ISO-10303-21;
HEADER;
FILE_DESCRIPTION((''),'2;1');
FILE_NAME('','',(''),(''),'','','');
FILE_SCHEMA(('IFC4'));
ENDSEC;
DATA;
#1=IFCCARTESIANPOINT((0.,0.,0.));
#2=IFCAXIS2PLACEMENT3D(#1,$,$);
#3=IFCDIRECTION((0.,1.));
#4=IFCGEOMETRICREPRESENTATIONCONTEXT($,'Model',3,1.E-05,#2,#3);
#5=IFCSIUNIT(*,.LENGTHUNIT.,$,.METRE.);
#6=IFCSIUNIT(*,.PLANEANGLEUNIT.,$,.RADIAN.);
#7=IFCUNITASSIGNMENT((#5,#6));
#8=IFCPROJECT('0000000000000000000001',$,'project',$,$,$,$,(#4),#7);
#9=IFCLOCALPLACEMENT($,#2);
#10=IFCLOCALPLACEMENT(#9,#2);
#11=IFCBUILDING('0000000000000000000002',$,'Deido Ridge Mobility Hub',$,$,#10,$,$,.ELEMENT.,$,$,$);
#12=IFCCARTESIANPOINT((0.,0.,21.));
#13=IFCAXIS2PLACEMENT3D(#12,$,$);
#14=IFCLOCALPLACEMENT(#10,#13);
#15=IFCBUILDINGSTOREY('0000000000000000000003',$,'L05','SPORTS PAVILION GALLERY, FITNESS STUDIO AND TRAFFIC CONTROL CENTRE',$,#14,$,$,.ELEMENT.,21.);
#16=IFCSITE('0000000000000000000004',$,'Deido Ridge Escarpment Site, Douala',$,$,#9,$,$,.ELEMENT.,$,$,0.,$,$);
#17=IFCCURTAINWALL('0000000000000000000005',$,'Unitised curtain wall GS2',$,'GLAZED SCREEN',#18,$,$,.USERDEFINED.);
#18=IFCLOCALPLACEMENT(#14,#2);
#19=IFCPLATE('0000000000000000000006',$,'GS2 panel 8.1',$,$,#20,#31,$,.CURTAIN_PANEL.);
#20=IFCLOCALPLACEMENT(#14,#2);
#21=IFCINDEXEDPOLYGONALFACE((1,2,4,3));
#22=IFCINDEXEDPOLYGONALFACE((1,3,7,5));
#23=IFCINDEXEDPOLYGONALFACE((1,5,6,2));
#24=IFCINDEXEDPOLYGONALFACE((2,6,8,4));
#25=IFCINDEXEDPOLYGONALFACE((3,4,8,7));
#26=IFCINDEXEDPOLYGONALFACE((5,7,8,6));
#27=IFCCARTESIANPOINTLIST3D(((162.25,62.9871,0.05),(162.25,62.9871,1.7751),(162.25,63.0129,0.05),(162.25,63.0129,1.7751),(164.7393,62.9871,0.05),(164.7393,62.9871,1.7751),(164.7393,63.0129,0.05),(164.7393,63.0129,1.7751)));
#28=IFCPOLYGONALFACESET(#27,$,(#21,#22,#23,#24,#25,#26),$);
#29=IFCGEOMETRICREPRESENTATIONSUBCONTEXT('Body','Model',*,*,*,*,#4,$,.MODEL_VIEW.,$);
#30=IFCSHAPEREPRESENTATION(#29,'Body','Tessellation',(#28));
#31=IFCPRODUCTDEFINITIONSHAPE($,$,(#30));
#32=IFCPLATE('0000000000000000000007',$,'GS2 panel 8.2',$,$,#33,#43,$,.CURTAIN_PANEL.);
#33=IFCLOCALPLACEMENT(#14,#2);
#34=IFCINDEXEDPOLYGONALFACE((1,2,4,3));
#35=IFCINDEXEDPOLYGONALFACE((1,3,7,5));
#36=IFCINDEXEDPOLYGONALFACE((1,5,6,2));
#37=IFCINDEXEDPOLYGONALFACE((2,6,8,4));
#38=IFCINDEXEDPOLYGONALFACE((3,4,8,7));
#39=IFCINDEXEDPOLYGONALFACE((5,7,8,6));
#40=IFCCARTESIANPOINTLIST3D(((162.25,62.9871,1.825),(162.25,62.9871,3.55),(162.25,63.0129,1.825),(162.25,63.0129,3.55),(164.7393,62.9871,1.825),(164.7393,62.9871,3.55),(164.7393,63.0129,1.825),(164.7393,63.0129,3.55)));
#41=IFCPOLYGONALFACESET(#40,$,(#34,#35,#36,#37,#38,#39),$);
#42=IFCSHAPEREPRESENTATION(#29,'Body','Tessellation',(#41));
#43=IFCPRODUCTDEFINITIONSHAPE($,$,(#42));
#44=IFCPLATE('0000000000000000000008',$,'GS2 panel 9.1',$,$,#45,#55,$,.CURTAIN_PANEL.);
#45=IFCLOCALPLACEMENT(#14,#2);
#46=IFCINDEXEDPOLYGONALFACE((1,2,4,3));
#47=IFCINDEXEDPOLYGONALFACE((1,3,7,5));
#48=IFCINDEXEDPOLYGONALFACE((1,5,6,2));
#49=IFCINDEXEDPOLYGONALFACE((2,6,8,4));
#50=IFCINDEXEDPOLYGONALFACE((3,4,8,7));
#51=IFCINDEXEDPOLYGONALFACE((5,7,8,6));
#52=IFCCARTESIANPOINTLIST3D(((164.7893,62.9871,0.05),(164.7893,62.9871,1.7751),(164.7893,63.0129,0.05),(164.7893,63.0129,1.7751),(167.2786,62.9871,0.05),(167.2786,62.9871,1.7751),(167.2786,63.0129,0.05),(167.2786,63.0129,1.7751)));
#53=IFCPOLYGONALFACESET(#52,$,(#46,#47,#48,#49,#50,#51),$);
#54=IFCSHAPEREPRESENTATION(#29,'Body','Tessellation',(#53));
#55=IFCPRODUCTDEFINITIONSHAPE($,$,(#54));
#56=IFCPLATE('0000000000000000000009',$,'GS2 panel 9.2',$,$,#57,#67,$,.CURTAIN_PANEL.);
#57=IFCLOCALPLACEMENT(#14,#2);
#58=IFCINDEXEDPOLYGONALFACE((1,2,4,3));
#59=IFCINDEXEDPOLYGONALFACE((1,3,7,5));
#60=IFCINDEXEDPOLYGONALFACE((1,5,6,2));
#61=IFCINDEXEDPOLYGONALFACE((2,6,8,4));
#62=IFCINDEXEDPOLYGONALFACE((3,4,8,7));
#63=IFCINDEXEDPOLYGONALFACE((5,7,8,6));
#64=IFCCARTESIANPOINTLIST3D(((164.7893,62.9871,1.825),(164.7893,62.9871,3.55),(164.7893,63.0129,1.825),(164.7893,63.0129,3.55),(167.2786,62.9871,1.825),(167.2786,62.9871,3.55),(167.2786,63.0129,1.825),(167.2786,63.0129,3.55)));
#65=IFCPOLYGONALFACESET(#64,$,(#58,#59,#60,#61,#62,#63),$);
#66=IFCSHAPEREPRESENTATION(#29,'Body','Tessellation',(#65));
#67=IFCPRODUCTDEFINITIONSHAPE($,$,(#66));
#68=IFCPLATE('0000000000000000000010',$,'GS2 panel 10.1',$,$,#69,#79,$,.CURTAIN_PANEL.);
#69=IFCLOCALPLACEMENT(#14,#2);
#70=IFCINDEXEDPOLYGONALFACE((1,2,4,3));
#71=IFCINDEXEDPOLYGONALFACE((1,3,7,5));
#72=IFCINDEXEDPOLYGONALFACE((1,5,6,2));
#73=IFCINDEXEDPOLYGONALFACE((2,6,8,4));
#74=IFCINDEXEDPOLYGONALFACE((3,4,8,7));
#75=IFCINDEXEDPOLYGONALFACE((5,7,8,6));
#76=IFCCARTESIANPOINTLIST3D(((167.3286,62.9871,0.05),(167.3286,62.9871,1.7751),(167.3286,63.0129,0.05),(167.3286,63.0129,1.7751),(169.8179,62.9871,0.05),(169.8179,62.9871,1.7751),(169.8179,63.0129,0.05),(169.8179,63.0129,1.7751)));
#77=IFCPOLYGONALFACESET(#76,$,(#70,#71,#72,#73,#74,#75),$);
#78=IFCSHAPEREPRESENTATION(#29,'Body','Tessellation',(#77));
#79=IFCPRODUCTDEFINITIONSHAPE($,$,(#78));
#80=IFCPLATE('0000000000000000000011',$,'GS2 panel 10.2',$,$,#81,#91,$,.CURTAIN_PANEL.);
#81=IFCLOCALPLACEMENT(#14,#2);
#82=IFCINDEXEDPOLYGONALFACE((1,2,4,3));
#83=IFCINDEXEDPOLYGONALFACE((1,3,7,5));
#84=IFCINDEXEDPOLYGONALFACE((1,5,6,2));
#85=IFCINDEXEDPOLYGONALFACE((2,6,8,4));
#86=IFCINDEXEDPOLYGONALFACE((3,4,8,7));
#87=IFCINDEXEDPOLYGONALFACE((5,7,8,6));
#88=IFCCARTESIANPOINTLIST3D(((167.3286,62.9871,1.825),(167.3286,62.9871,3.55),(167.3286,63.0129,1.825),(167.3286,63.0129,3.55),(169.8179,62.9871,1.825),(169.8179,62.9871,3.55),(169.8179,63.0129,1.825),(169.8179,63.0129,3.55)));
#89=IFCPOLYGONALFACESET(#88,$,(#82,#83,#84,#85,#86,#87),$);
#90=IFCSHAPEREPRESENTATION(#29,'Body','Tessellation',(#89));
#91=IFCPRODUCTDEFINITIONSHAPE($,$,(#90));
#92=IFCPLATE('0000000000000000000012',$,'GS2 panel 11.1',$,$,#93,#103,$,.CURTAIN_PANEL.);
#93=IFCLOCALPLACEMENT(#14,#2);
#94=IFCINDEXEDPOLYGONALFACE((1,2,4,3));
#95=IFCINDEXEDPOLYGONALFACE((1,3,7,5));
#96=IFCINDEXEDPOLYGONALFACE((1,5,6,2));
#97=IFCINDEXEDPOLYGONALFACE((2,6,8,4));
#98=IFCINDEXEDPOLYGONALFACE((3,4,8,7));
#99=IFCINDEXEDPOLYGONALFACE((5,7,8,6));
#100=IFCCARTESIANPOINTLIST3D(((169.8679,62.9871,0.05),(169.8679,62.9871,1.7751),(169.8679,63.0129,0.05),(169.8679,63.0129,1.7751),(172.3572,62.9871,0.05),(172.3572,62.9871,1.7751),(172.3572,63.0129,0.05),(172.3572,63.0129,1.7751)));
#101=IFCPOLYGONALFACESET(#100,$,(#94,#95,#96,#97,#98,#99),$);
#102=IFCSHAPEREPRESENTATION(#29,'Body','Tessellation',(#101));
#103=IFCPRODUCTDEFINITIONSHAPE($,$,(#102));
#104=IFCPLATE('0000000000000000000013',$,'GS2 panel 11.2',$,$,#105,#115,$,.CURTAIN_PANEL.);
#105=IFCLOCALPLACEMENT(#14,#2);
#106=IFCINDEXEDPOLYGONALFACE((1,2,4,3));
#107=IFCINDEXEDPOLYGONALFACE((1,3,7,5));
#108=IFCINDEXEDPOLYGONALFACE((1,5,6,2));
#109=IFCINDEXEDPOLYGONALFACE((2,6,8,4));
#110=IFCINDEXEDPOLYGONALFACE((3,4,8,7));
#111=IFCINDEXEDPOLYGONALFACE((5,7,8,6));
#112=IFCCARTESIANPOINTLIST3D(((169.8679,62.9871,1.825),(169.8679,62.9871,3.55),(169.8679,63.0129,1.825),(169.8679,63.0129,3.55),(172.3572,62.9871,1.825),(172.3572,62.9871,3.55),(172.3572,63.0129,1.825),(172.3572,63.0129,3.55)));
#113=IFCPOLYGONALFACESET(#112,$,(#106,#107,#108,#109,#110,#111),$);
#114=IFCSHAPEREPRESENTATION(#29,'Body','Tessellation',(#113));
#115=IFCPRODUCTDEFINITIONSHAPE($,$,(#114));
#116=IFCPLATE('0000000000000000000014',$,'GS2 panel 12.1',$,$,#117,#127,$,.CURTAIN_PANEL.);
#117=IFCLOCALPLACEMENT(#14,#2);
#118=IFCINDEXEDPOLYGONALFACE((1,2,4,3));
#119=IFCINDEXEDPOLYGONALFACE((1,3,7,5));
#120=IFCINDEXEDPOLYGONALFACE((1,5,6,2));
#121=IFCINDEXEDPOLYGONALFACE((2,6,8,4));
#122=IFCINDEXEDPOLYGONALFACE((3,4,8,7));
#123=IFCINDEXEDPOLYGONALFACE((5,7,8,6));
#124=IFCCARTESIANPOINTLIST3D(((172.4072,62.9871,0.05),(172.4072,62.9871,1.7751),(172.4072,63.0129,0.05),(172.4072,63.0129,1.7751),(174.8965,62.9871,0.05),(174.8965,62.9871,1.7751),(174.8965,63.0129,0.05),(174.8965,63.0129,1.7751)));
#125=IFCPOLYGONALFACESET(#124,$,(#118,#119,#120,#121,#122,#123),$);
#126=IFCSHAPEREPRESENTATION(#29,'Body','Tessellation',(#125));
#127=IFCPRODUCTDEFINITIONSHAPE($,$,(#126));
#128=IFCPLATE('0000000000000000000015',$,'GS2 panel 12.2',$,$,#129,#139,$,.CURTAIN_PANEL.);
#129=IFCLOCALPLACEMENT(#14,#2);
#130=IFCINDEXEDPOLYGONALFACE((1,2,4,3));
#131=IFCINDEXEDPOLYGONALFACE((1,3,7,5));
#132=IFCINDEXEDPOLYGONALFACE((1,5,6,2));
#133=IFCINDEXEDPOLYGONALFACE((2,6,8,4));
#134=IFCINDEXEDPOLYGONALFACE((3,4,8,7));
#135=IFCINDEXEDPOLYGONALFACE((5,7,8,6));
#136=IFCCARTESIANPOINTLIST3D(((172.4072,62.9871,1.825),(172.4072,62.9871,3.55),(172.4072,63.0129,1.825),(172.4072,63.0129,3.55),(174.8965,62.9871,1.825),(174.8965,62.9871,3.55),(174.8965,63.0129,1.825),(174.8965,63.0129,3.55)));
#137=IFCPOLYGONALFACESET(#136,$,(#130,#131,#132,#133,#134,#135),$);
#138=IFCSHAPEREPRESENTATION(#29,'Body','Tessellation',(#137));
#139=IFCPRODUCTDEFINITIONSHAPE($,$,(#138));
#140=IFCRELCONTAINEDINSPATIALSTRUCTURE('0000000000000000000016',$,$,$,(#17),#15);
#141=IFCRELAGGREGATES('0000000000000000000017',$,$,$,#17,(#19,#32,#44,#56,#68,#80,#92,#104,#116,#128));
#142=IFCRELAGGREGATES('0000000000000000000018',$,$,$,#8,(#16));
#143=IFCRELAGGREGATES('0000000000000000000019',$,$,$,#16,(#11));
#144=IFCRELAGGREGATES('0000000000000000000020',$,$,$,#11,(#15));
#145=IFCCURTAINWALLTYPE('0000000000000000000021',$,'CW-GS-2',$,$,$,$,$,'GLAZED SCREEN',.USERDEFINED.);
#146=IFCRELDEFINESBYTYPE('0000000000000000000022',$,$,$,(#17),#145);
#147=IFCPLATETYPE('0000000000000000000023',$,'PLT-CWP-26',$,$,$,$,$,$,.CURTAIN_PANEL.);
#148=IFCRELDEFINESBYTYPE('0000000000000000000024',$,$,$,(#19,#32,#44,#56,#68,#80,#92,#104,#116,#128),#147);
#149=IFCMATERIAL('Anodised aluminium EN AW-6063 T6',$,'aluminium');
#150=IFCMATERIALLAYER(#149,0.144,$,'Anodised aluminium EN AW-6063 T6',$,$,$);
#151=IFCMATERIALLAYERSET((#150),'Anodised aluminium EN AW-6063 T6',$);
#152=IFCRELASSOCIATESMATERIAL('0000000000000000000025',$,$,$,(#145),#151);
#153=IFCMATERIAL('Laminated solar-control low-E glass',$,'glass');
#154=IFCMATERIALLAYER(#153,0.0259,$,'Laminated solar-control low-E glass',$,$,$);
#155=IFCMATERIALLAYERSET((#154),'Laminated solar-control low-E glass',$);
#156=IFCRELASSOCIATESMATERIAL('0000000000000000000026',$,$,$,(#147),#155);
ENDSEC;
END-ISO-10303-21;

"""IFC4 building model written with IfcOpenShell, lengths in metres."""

from ifc_helpers import new_model, si_unit, direction, frame, origin, origin_2d, place, context, subcontext, project, spatial, rectangle, extrude, material, layer, layer_set, type_object, element, aggregate, save


model = new_model("IFC4")

# Units and contexts
model_context = context("Model", 3, precision=1e-05, world=origin(), true_north=direction((0.0, 1.0)))
body_context = subcontext(model_context, "Body", "Model", "MODEL_VIEW")
ifc_project = project(units=[si_unit("LENGTHUNIT", "METRE"), si_unit("PLANEANGLEUNIT", "RADIAN")], contexts=[model_context])

# Site, building, storey
site_placement = place(None, origin())
site = spatial("IfcSite", under=ifc_project, at=site_placement, Name="Deido Ridge Escarpment Site, Douala", CompositionType="ELEMENT", RefElevation=0.0)
building_placement = place(site_placement, origin())
building = spatial("IfcBuilding", under=site, at=building_placement, Name="Deido Ridge Mobility Hub", CompositionType="ELEMENT")
storey_placement = place(building_placement, frame((0.0, 0.0, 21.0)))
storey = spatial("IfcBuildingStorey", under=building, at=storey_placement, Name="L05", Description="SPORTS PAVILION GALLERY, FITNESS STUDIO AND TRAFFIC CONTROL CENTRE", CompositionType="ELEMENT", Elevation=21.0)

# Curtain wall
ifc_material_1 = material(Name="Anodised aluminium EN AW-6063 T6", Category="aluminium")
ifc_layer_1 = layer(ifc_material_1, 0.144, Name="Anodised aluminium EN AW-6063 T6")
ifc_layer_set_1 = layer_set([ifc_layer_1], Name="Anodised aluminium EN AW-6063 T6")
curtain_wall_type = type_object("IfcCurtainWallType", Name="CW-GS-2", ElementType="GLAZED SCREEN", PredefinedType="USERDEFINED", material=ifc_layer_set_1)
curtain_wall_placement = place(storey_placement, origin())
curtain_wall = element("IfcCurtainWall", 1, at=curtain_wall_placement, inside=storey, type_object=curtain_wall_type, Name="Unitised curtain wall GS2", ObjectType="GLAZED SCREEN", PredefinedType="USERDEFINED")

# Plates
ifc_material_2 = material(Name="Laminated solar-control low-E glass", Category="glass")
ifc_layer_2 = layer(ifc_material_2, 0.0259, Name="Laminated solar-control low-E glass")
ifc_layer_set_2 = layer_set([ifc_layer_2], Name="Laminated solar-control low-E glass")
plate_type = type_object("IfcPlateType", Name="PLT-CWP-26", PredefinedType="CURTAIN_PANEL", material=ifc_layer_set_2)
plate_1_placement = place(storey_placement, frame((163.4946, 63.0, 0.05), z_axis=(0.0, 0.0, 1.0), x_axis=(1.0, 0.0, 0.0)))
plate_1 = element("IfcPlate", 2, at=plate_1_placement, type_object=plate_type, Name="GS2 panel 8.1", PredefinedType="CURTAIN_PANEL", context=body_context, shape_type="SweptSolid", body=[
    extrude(rectangle(XDim=2.4893, YDim=0.0259, at=origin_2d()), origin(), (0.0, 0.0, 1.0), 1.7251),
])
plate_2_placement = place(storey_placement, frame((163.4946, 63.0, 1.825), z_axis=(0.0, 0.0, 1.0), x_axis=(1.0, 0.0, 0.0)))
plate_2 = element("IfcPlate", 3, at=plate_2_placement, type_object=plate_type, Name="GS2 panel 8.2", PredefinedType="CURTAIN_PANEL", context=body_context, shape_type="SweptSolid", body=[
    extrude(rectangle(XDim=2.4893, YDim=0.0259, at=origin_2d()), origin(), (0.0, 0.0, 1.0), 1.7251),
])
plate_3_placement = place(storey_placement, frame((166.0339, 63.0, 0.05), z_axis=(0.0, 0.0, 1.0), x_axis=(1.0, 0.0, 0.0)))
plate_3 = element("IfcPlate", 4, at=plate_3_placement, type_object=plate_type, Name="GS2 panel 9.1", PredefinedType="CURTAIN_PANEL", context=body_context, shape_type="SweptSolid", body=[
    extrude(rectangle(XDim=2.4893, YDim=0.0259, at=origin_2d()), origin(), (0.0, 0.0, 1.0), 1.7251),
])
plate_4_placement = place(storey_placement, frame((166.0339, 63.0, 1.825), z_axis=(0.0, 0.0, 1.0), x_axis=(1.0, 0.0, 0.0)))
plate_4 = element("IfcPlate", 5, at=plate_4_placement, type_object=plate_type, Name="GS2 panel 9.2", PredefinedType="CURTAIN_PANEL", context=body_context, shape_type="SweptSolid", body=[
    extrude(rectangle(XDim=2.4893, YDim=0.0259, at=origin_2d()), origin(), (0.0, 0.0, 1.0), 1.7251),
])
plate_5_placement = place(storey_placement, frame((168.5732, 63.0, 0.05), z_axis=(0.0, 0.0, 1.0), x_axis=(1.0, 0.0, 0.0)))
plate_5 = element("IfcPlate", 6, at=plate_5_placement, type_object=plate_type, Name="GS2 panel 10.1", PredefinedType="CURTAIN_PANEL", context=body_context, shape_type="SweptSolid", body=[
    extrude(rectangle(XDim=2.4893, YDim=0.0259, at=origin_2d()), origin(), (0.0, 0.0, 1.0), 1.7251),
])
plate_6_placement = place(storey_placement, frame((168.5732, 63.0, 1.825), z_axis=(0.0, 0.0, 1.0), x_axis=(1.0, 0.0, 0.0)))
plate_6 = element("IfcPlate", 7, at=plate_6_placement, type_object=plate_type, Name="GS2 panel 10.2", PredefinedType="CURTAIN_PANEL", context=body_context, shape_type="SweptSolid", body=[
    extrude(rectangle(XDim=2.4893, YDim=0.0259, at=origin_2d()), origin(), (0.0, 0.0, 1.0), 1.7251),
])
plate_7_placement = place(storey_placement, frame((171.1125, 63.0, 0.05), z_axis=(0.0, 0.0, 1.0), x_axis=(1.0, 0.0, 0.0)))
plate_7 = element("IfcPlate", 8, at=plate_7_placement, type_object=plate_type, Name="GS2 panel 11.1", PredefinedType="CURTAIN_PANEL", context=body_context, shape_type="SweptSolid", body=[
    extrude(rectangle(XDim=2.4893, YDim=0.0259, at=origin_2d()), origin(), (0.0, 0.0, 1.0), 1.7251),
])
plate_8_placement = place(storey_placement, frame((171.1125, 63.0, 1.825), z_axis=(0.0, 0.0, 1.0), x_axis=(1.0, 0.0, 0.0)))
plate_8 = element("IfcPlate", 9, at=plate_8_placement, type_object=plate_type, Name="GS2 panel 11.2", PredefinedType="CURTAIN_PANEL", context=body_context, shape_type="SweptSolid", body=[
    extrude(rectangle(XDim=2.4893, YDim=0.0259, at=origin_2d()), origin(), (0.0, 0.0, 1.0), 1.7251),
])
plate_9_placement = place(storey_placement, frame((173.6519, 63.0, 0.05), z_axis=(0.0, 0.0, 1.0), x_axis=(1.0, 0.0, 0.0)))
plate_9 = element("IfcPlate", 10, at=plate_9_placement, type_object=plate_type, Name="GS2 panel 12.1", PredefinedType="CURTAIN_PANEL", context=body_context, shape_type="SweptSolid", body=[
    extrude(rectangle(XDim=2.4893, YDim=0.0259, at=origin_2d()), origin(), (0.0, 0.0, 1.0), 1.7251),
])
plate_10_placement = place(storey_placement, frame((173.6519, 63.0, 1.825), z_axis=(0.0, 0.0, 1.0), x_axis=(1.0, 0.0, 0.0)))
plate_10 = element("IfcPlate", 11, at=plate_10_placement, type_object=plate_type, Name="GS2 panel 12.2", PredefinedType="CURTAIN_PANEL", context=body_context, shape_type="SweptSolid", body=[
    extrude(rectangle(XDim=2.4893, YDim=0.0259, at=origin_2d()), origin(), (0.0, 0.0, 1.0), 1.7251),
])
aggregate(curtain_wall, [plate_1, plate_2, plate_3, plate_4, plate_5, plate_6, plate_7, plate_8, plate_9, plate_10])

save(model, "model.ifc")
